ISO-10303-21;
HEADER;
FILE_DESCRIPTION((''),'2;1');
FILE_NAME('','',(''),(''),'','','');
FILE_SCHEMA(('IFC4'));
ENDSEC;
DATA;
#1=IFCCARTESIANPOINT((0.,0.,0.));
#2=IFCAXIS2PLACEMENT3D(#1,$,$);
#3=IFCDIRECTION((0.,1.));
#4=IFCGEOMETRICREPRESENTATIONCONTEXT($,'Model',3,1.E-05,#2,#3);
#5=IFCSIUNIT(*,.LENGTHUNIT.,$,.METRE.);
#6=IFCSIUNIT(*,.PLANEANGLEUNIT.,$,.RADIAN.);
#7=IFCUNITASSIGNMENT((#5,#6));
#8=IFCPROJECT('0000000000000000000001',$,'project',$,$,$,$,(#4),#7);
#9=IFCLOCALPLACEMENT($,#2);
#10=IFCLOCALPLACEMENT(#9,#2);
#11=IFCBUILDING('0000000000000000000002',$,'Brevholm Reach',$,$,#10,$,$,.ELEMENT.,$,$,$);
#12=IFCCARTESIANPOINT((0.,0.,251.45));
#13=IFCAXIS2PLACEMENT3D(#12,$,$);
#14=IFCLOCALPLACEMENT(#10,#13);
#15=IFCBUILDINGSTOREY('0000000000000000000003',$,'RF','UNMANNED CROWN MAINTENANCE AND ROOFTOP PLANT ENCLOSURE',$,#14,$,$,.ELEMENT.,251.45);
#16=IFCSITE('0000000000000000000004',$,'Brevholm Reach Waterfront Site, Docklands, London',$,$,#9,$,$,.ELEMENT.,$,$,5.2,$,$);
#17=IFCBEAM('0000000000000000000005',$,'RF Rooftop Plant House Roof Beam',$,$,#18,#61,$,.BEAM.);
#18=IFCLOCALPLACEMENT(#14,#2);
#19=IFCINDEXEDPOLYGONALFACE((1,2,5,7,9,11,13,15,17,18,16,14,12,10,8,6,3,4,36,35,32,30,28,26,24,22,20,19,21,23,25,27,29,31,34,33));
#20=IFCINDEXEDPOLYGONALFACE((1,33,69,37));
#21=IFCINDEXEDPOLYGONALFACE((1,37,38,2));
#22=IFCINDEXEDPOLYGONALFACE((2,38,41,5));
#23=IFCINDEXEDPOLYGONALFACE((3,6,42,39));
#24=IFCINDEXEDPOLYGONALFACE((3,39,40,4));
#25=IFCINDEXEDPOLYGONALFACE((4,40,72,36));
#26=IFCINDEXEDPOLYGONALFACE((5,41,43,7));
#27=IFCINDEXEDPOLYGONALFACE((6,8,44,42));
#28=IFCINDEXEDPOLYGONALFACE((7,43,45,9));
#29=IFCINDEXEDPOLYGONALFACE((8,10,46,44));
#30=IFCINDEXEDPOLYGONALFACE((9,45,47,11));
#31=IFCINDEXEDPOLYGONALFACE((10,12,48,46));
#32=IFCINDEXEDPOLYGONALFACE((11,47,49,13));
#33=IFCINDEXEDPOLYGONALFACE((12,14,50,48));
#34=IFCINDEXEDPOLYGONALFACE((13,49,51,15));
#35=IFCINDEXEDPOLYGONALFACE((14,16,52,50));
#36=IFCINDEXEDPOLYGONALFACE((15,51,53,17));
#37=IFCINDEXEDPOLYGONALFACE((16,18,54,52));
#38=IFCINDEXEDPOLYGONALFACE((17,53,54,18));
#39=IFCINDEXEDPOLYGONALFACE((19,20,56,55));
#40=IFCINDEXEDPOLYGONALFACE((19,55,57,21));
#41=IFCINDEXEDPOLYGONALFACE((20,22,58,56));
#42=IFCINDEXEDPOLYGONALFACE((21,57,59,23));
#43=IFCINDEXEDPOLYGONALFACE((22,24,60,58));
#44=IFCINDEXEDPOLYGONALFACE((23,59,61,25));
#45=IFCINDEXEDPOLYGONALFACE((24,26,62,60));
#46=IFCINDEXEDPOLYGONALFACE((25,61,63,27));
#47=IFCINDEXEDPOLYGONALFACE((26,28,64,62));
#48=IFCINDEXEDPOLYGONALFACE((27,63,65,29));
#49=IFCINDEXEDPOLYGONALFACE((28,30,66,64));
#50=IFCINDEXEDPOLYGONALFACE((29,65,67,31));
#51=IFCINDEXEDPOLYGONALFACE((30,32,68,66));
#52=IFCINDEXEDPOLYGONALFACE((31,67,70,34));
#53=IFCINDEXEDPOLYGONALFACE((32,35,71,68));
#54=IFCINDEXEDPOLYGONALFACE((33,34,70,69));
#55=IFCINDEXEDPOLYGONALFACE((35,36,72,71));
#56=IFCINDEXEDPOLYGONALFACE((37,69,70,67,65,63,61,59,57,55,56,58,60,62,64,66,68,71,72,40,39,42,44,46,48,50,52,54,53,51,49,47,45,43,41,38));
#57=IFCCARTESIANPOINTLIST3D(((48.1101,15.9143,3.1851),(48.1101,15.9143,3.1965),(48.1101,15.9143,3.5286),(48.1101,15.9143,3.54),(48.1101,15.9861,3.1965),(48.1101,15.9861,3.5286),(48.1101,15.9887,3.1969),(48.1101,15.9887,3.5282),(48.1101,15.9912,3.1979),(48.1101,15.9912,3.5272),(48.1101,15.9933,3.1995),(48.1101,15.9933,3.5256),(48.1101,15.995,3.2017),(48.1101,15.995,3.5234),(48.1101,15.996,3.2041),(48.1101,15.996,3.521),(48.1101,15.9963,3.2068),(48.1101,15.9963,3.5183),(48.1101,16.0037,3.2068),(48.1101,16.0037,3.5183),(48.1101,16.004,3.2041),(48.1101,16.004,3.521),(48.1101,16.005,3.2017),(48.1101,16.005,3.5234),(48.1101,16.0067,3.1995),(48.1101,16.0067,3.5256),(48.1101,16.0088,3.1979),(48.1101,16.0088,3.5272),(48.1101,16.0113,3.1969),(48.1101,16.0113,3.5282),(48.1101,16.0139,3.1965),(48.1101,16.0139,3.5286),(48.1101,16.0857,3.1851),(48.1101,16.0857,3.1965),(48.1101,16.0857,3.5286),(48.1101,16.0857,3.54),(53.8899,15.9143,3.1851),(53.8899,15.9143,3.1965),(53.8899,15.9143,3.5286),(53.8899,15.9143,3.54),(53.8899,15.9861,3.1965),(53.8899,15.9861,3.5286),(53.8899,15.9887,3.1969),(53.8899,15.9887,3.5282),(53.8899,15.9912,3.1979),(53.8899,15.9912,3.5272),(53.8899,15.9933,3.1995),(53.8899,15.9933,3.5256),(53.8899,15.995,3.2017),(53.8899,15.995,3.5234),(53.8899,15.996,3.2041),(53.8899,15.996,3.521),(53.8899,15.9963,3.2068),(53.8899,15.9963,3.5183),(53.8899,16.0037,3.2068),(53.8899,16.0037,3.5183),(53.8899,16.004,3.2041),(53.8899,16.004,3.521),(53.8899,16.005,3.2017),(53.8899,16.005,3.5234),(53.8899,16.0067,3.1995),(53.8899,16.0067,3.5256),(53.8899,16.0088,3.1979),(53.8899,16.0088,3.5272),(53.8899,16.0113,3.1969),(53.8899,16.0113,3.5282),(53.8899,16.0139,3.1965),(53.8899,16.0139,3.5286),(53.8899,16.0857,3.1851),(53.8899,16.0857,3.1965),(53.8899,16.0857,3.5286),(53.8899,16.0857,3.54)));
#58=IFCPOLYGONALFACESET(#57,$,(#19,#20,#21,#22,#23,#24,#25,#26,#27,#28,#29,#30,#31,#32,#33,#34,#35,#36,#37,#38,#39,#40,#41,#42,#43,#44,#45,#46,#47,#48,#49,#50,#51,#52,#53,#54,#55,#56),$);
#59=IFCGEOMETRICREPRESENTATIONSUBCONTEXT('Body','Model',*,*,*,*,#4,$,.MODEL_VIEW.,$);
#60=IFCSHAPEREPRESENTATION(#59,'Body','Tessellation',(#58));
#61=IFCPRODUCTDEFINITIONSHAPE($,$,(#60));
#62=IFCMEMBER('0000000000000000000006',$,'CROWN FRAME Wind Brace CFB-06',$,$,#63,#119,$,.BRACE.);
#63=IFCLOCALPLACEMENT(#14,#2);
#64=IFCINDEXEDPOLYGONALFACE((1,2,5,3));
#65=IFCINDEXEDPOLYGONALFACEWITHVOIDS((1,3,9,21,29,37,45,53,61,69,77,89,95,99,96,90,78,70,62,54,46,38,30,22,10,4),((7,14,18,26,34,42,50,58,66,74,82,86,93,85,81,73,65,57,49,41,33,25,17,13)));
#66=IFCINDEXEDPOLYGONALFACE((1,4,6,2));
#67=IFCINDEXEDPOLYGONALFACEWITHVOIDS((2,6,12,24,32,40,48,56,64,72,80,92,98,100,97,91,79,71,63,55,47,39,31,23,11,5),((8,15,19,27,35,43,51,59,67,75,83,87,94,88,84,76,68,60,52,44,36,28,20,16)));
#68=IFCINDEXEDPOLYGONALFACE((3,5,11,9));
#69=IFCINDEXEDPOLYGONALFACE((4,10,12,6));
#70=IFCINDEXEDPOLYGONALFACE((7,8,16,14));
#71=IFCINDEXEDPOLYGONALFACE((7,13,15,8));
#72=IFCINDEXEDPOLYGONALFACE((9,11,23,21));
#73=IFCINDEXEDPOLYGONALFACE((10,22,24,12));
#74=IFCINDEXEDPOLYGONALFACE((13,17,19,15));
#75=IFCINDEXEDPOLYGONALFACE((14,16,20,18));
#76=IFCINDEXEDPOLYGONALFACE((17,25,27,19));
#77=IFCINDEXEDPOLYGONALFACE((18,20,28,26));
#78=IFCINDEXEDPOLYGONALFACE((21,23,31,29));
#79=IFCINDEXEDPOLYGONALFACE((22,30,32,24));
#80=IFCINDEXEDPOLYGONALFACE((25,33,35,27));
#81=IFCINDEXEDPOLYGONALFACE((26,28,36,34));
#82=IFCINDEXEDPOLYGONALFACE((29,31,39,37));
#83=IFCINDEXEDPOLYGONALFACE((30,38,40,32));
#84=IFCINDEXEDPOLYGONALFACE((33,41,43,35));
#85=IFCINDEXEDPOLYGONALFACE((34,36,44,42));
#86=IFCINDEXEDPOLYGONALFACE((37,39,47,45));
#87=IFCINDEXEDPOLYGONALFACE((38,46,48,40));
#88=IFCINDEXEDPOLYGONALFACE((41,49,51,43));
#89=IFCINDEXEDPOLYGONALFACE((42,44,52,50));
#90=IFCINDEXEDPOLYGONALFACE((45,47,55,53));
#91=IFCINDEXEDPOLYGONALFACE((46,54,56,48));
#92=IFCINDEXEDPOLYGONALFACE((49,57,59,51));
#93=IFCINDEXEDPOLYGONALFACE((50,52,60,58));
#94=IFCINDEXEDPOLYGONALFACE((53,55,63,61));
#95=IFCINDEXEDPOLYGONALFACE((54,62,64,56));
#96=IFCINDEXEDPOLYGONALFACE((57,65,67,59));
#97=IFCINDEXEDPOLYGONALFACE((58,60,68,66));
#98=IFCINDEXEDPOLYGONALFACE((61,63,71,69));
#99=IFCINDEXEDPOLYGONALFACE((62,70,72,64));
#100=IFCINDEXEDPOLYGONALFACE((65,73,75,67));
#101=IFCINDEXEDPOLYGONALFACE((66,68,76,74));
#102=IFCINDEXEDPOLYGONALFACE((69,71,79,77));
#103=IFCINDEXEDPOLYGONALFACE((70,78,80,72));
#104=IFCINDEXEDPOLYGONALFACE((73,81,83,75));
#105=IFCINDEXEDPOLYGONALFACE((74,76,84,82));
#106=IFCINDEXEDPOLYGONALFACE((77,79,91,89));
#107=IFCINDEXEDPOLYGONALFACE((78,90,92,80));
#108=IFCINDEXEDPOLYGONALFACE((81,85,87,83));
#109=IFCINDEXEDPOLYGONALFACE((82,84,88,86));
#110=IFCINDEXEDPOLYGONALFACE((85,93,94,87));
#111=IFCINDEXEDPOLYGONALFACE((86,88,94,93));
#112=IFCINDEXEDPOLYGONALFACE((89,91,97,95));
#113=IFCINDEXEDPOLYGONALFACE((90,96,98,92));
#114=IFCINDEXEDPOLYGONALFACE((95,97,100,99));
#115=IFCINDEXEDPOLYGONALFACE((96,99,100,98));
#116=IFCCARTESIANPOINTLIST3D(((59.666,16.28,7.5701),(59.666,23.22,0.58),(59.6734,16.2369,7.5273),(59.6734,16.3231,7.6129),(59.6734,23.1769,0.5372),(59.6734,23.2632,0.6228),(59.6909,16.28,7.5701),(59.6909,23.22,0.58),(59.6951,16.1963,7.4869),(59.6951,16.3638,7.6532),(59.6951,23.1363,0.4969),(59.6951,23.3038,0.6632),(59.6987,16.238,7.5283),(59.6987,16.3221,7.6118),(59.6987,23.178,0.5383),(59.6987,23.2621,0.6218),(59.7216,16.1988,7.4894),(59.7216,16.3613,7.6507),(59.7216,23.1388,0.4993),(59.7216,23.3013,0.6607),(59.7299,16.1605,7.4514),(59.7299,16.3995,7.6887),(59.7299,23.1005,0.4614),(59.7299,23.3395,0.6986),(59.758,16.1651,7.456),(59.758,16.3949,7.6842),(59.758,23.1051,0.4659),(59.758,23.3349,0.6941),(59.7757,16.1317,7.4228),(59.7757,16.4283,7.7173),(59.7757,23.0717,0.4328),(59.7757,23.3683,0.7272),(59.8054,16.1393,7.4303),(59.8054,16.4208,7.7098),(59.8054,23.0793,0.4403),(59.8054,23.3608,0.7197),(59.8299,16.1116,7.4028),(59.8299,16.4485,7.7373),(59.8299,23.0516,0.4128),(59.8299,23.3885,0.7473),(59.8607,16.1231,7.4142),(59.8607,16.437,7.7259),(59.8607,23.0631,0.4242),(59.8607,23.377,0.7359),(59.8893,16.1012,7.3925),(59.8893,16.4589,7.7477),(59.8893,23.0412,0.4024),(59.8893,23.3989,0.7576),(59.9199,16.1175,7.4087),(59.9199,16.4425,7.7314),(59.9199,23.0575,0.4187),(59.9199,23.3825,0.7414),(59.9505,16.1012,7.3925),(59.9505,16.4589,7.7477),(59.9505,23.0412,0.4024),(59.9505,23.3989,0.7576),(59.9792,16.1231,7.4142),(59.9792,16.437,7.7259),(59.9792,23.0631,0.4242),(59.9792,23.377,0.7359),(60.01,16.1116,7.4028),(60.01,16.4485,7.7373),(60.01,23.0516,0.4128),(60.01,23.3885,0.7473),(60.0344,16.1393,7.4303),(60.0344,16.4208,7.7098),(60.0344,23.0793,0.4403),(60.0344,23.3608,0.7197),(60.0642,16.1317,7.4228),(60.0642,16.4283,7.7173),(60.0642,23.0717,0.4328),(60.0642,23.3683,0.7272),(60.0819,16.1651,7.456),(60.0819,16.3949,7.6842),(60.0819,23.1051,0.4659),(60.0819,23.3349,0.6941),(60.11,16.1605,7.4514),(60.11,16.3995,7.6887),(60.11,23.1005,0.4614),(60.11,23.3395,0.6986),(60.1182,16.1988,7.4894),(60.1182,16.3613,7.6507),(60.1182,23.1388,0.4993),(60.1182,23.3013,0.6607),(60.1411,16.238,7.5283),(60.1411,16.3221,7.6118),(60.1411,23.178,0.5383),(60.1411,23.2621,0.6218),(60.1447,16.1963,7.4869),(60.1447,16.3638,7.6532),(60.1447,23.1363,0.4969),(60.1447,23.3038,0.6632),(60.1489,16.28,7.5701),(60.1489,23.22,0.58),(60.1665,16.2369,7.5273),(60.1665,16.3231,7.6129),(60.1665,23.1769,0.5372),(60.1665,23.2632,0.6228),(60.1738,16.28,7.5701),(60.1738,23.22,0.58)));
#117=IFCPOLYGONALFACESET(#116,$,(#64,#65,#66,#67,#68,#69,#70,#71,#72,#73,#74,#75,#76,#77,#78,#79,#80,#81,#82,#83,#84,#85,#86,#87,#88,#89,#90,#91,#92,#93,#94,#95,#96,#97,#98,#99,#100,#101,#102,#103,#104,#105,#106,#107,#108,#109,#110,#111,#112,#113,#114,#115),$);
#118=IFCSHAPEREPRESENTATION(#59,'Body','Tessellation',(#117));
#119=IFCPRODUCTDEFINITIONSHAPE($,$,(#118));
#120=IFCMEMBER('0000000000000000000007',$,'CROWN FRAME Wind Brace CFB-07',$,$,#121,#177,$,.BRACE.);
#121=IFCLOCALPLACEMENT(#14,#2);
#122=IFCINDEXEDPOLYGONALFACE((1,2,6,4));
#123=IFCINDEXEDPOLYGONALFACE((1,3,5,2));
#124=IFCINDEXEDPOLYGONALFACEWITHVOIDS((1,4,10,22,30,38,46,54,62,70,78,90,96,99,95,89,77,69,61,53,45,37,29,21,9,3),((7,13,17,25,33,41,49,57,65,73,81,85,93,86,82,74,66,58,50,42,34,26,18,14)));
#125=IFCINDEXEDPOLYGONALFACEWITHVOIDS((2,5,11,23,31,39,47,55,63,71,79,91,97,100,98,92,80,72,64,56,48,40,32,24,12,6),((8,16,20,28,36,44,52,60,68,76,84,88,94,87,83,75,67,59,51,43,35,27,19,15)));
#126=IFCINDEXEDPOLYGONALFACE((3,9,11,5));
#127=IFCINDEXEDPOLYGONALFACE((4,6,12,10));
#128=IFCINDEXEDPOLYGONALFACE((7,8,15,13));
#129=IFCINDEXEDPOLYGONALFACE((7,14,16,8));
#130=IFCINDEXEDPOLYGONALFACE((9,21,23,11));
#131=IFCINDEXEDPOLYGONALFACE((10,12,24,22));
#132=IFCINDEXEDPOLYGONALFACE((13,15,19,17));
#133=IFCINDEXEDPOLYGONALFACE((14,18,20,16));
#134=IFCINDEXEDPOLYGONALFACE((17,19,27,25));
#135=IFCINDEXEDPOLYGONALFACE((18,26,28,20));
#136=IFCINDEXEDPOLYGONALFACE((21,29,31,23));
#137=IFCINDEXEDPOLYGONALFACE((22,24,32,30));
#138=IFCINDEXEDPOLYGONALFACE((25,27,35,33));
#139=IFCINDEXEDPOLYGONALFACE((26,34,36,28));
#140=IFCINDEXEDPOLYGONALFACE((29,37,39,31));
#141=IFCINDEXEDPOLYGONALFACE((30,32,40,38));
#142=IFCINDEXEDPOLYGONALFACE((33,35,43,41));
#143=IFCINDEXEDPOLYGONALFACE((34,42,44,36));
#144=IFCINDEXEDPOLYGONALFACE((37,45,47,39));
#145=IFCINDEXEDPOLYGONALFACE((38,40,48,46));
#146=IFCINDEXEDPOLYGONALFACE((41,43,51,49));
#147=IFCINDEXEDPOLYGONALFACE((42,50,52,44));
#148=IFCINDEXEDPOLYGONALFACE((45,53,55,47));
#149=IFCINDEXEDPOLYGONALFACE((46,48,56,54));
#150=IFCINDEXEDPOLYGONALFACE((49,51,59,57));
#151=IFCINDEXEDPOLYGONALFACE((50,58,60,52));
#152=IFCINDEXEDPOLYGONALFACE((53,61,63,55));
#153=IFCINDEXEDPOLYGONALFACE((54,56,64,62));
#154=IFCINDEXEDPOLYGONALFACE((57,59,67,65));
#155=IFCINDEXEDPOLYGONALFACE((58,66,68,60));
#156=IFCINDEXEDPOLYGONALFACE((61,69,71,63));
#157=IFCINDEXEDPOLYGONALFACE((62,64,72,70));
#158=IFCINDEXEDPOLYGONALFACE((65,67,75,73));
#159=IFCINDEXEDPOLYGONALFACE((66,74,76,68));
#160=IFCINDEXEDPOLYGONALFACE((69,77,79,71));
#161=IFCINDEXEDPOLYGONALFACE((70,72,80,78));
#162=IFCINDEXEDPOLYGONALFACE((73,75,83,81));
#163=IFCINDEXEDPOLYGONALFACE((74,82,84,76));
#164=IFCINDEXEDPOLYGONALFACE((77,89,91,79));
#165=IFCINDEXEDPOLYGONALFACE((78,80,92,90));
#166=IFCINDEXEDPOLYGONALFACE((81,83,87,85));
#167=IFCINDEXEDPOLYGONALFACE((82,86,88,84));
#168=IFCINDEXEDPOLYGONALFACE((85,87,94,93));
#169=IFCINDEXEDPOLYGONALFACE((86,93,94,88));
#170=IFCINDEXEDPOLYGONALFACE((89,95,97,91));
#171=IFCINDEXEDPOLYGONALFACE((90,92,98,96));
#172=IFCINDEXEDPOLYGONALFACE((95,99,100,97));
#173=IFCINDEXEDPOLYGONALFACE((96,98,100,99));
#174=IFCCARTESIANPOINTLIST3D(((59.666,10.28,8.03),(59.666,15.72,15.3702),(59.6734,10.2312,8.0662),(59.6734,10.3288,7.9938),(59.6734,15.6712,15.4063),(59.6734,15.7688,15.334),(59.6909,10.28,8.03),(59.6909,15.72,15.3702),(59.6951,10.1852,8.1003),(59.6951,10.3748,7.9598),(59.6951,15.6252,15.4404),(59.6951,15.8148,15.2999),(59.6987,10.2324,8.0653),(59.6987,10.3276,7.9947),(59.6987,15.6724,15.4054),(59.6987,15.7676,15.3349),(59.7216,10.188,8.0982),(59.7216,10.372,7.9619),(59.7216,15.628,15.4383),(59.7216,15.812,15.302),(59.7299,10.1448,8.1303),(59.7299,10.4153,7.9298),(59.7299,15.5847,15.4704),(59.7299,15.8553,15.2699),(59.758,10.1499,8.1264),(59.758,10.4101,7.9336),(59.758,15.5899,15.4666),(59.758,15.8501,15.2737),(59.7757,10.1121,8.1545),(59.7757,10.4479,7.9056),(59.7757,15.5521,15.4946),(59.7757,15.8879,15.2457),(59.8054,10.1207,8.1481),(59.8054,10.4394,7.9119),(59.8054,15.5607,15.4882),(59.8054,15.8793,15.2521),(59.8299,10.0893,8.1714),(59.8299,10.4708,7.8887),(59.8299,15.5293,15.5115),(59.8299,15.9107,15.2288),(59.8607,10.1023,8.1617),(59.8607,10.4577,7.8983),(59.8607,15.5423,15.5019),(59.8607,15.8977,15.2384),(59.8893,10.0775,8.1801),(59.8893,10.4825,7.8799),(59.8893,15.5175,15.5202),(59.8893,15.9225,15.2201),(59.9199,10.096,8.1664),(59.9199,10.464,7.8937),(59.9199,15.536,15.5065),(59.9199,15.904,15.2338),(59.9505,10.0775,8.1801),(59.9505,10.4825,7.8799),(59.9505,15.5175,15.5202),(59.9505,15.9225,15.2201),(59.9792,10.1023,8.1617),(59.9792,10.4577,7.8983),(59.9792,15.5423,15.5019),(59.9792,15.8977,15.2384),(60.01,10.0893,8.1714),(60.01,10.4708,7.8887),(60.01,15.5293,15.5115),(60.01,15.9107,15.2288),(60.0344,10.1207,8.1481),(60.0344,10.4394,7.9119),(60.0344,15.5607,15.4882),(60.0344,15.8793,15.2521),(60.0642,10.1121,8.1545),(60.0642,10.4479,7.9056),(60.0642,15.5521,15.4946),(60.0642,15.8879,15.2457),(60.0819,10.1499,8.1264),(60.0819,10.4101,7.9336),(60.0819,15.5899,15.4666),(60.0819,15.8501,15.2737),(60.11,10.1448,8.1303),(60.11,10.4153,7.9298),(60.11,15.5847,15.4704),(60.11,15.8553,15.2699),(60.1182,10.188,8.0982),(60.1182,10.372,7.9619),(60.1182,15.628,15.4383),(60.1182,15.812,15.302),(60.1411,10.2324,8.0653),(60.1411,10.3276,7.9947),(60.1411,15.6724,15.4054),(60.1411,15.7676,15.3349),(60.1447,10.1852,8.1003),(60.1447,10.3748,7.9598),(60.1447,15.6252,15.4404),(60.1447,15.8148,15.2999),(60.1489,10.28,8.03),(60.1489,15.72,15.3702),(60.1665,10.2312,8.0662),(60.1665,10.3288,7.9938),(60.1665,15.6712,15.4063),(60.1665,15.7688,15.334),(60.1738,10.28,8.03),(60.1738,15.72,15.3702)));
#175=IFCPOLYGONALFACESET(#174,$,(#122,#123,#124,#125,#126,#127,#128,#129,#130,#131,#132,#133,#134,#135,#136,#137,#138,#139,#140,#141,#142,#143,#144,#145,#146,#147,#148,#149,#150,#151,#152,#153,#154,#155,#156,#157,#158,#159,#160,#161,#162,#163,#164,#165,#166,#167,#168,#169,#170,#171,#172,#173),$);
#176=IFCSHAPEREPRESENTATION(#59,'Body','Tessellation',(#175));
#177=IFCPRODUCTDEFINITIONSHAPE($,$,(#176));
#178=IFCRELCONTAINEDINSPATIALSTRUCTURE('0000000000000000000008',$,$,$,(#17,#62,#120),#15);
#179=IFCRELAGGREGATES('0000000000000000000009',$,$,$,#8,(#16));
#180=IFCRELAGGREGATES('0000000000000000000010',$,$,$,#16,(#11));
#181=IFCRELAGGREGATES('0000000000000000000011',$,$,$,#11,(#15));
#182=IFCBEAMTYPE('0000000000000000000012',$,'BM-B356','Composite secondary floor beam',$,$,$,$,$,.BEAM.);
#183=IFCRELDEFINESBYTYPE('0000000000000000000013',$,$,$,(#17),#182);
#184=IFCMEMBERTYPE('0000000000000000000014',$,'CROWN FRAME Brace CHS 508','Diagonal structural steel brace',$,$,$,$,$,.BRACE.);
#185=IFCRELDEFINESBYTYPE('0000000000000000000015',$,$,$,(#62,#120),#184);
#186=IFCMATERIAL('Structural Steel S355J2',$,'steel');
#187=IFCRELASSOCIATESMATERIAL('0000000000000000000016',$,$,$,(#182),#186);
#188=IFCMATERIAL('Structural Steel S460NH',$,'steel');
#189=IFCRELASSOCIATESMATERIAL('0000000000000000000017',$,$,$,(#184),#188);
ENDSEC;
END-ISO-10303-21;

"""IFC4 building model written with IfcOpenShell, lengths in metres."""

from ifc_helpers import new_model, si_unit, direction, frame, origin, origin_2d, place, context, subcontext, project, spatial, hollow_circle, i_section, extrude, material, material_profile, profile_set, type_object, element, save


model = new_model("IFC4")

# Units and contexts
model_context = context("Model", 3, precision=1e-05, world=origin(), true_north=direction((0.0, 1.0)))
body_context = subcontext(model_context, "Body", "Model", "MODEL_VIEW")
ifc_project = project(units=[si_unit("LENGTHUNIT", "METRE"), si_unit("PLANEANGLEUNIT", "RADIAN")], contexts=[model_context])

# Site, building, storey
site_placement = place(None, origin())
site = spatial("IfcSite", under=ifc_project, at=site_placement, Name="Brevholm Reach Waterfront Site, Docklands, London", CompositionType="ELEMENT", RefElevation=5.2)
building_placement = place(site_placement, origin())
building = spatial("IfcBuilding", under=site, at=building_placement, Name="Brevholm Reach", CompositionType="ELEMENT")
storey_placement = place(building_placement, frame((0.0, 0.0, 251.45)))
storey = spatial("IfcBuildingStorey", under=building, at=storey_placement, Name="RF", Description="UNMANNED CROWN MAINTENANCE AND ROOFTOP PLANT ENCLOSURE", CompositionType="ELEMENT", Elevation=251.45)

# Beam
ifc_material_1 = material(Name="Structural Steel S355J2", Category="steel")
ifc_material_profile_1 = material_profile(ifc_material_1, i_section(OverallWidth=0.1714, OverallDepth=0.355, WebThickness=0.0073, FlangeThickness=0.0115, FilletRadius=0.0103, at=origin_2d()), Name="UKB 356x171x51")
ifc_profile_set_1 = profile_set([ifc_material_profile_1], Name="Structural Steel S355J2")
beam_type = type_object("IfcBeamType", Name="BM-B356", Description="Composite secondary floor beam", PredefinedType="BEAM", material=ifc_profile_set_1)
beam_placement = place(storey_placement, frame((48.1101, 16.0, 3.3625), z_axis=(1.0, 0.0, 0.0), x_axis=(0.0, 1.0, 0.0)))
element("IfcBeam", 1, at=beam_placement, inside=storey, type_object=beam_type, Name="RF Rooftop Plant House Roof Beam", PredefinedType="BEAM", context=body_context, shape_type="SweptSolid", body=[
    extrude(i_section(OverallWidth=0.1714, OverallDepth=0.355, WebThickness=0.0073, FlangeThickness=0.0115, FilletRadius=0.0103, at=origin_2d()), origin(), (0.0, 0.0, 1.0), 5.7798),
])

# Members
ifc_material_2 = material(Name="Structural Steel S460NH", Category="steel")
ifc_material_profile_2 = material_profile(ifc_material_2, hollow_circle(Radius=0.2539, WallThickness=0.0249, at=origin_2d()), Name="CHS 508x25")
ifc_profile_set_2 = profile_set([ifc_material_profile_2], Name="Structural Steel S460NH")
member_type_1 = type_object("IfcMemberType", Name="CROWN FRAME Brace CHS 508", Description="Diagonal structural steel brace", PredefinedType="BRACE", material=ifc_profile_set_2)
member_1_placement = place(storey_placement, frame((59.9199, 16.28, 7.5701), z_axis=(0.0, 0.704562, -0.709643), x_axis=(-1.0, 0.0, 0.0)))
element("IfcMember", 2, at=member_1_placement, inside=storey, type_object=member_type_1, Name="CROWN FRAME Wind Brace CFB-06", PredefinedType="BRACE", context=body_context, shape_type="SweptSolid", body=[
    extrude(hollow_circle(Radius=0.2539, WallThickness=0.0249, at=origin_2d()), origin(), (0.0, 0.0, 1.0), 9.8501),
])
member_2_placement = place(storey_placement, frame((59.9199, 10.28, 8.03), z_axis=(0.0, 0.595428, 0.803409), x_axis=(-1.0, 0.0, 0.0)))
element("IfcMember", 3, at=member_2_placement, inside=storey, type_object=member_type_1, Name="CROWN FRAME Wind Brace CFB-07", PredefinedType="BRACE", context=body_context, shape_type="SweptSolid", body=[
    extrude(hollow_circle(Radius=0.2539, WallThickness=0.0249, at=origin_2d()), origin(), (0.0, 0.0, 1.0), 9.1362),
])

save(model, "model.ifc")
